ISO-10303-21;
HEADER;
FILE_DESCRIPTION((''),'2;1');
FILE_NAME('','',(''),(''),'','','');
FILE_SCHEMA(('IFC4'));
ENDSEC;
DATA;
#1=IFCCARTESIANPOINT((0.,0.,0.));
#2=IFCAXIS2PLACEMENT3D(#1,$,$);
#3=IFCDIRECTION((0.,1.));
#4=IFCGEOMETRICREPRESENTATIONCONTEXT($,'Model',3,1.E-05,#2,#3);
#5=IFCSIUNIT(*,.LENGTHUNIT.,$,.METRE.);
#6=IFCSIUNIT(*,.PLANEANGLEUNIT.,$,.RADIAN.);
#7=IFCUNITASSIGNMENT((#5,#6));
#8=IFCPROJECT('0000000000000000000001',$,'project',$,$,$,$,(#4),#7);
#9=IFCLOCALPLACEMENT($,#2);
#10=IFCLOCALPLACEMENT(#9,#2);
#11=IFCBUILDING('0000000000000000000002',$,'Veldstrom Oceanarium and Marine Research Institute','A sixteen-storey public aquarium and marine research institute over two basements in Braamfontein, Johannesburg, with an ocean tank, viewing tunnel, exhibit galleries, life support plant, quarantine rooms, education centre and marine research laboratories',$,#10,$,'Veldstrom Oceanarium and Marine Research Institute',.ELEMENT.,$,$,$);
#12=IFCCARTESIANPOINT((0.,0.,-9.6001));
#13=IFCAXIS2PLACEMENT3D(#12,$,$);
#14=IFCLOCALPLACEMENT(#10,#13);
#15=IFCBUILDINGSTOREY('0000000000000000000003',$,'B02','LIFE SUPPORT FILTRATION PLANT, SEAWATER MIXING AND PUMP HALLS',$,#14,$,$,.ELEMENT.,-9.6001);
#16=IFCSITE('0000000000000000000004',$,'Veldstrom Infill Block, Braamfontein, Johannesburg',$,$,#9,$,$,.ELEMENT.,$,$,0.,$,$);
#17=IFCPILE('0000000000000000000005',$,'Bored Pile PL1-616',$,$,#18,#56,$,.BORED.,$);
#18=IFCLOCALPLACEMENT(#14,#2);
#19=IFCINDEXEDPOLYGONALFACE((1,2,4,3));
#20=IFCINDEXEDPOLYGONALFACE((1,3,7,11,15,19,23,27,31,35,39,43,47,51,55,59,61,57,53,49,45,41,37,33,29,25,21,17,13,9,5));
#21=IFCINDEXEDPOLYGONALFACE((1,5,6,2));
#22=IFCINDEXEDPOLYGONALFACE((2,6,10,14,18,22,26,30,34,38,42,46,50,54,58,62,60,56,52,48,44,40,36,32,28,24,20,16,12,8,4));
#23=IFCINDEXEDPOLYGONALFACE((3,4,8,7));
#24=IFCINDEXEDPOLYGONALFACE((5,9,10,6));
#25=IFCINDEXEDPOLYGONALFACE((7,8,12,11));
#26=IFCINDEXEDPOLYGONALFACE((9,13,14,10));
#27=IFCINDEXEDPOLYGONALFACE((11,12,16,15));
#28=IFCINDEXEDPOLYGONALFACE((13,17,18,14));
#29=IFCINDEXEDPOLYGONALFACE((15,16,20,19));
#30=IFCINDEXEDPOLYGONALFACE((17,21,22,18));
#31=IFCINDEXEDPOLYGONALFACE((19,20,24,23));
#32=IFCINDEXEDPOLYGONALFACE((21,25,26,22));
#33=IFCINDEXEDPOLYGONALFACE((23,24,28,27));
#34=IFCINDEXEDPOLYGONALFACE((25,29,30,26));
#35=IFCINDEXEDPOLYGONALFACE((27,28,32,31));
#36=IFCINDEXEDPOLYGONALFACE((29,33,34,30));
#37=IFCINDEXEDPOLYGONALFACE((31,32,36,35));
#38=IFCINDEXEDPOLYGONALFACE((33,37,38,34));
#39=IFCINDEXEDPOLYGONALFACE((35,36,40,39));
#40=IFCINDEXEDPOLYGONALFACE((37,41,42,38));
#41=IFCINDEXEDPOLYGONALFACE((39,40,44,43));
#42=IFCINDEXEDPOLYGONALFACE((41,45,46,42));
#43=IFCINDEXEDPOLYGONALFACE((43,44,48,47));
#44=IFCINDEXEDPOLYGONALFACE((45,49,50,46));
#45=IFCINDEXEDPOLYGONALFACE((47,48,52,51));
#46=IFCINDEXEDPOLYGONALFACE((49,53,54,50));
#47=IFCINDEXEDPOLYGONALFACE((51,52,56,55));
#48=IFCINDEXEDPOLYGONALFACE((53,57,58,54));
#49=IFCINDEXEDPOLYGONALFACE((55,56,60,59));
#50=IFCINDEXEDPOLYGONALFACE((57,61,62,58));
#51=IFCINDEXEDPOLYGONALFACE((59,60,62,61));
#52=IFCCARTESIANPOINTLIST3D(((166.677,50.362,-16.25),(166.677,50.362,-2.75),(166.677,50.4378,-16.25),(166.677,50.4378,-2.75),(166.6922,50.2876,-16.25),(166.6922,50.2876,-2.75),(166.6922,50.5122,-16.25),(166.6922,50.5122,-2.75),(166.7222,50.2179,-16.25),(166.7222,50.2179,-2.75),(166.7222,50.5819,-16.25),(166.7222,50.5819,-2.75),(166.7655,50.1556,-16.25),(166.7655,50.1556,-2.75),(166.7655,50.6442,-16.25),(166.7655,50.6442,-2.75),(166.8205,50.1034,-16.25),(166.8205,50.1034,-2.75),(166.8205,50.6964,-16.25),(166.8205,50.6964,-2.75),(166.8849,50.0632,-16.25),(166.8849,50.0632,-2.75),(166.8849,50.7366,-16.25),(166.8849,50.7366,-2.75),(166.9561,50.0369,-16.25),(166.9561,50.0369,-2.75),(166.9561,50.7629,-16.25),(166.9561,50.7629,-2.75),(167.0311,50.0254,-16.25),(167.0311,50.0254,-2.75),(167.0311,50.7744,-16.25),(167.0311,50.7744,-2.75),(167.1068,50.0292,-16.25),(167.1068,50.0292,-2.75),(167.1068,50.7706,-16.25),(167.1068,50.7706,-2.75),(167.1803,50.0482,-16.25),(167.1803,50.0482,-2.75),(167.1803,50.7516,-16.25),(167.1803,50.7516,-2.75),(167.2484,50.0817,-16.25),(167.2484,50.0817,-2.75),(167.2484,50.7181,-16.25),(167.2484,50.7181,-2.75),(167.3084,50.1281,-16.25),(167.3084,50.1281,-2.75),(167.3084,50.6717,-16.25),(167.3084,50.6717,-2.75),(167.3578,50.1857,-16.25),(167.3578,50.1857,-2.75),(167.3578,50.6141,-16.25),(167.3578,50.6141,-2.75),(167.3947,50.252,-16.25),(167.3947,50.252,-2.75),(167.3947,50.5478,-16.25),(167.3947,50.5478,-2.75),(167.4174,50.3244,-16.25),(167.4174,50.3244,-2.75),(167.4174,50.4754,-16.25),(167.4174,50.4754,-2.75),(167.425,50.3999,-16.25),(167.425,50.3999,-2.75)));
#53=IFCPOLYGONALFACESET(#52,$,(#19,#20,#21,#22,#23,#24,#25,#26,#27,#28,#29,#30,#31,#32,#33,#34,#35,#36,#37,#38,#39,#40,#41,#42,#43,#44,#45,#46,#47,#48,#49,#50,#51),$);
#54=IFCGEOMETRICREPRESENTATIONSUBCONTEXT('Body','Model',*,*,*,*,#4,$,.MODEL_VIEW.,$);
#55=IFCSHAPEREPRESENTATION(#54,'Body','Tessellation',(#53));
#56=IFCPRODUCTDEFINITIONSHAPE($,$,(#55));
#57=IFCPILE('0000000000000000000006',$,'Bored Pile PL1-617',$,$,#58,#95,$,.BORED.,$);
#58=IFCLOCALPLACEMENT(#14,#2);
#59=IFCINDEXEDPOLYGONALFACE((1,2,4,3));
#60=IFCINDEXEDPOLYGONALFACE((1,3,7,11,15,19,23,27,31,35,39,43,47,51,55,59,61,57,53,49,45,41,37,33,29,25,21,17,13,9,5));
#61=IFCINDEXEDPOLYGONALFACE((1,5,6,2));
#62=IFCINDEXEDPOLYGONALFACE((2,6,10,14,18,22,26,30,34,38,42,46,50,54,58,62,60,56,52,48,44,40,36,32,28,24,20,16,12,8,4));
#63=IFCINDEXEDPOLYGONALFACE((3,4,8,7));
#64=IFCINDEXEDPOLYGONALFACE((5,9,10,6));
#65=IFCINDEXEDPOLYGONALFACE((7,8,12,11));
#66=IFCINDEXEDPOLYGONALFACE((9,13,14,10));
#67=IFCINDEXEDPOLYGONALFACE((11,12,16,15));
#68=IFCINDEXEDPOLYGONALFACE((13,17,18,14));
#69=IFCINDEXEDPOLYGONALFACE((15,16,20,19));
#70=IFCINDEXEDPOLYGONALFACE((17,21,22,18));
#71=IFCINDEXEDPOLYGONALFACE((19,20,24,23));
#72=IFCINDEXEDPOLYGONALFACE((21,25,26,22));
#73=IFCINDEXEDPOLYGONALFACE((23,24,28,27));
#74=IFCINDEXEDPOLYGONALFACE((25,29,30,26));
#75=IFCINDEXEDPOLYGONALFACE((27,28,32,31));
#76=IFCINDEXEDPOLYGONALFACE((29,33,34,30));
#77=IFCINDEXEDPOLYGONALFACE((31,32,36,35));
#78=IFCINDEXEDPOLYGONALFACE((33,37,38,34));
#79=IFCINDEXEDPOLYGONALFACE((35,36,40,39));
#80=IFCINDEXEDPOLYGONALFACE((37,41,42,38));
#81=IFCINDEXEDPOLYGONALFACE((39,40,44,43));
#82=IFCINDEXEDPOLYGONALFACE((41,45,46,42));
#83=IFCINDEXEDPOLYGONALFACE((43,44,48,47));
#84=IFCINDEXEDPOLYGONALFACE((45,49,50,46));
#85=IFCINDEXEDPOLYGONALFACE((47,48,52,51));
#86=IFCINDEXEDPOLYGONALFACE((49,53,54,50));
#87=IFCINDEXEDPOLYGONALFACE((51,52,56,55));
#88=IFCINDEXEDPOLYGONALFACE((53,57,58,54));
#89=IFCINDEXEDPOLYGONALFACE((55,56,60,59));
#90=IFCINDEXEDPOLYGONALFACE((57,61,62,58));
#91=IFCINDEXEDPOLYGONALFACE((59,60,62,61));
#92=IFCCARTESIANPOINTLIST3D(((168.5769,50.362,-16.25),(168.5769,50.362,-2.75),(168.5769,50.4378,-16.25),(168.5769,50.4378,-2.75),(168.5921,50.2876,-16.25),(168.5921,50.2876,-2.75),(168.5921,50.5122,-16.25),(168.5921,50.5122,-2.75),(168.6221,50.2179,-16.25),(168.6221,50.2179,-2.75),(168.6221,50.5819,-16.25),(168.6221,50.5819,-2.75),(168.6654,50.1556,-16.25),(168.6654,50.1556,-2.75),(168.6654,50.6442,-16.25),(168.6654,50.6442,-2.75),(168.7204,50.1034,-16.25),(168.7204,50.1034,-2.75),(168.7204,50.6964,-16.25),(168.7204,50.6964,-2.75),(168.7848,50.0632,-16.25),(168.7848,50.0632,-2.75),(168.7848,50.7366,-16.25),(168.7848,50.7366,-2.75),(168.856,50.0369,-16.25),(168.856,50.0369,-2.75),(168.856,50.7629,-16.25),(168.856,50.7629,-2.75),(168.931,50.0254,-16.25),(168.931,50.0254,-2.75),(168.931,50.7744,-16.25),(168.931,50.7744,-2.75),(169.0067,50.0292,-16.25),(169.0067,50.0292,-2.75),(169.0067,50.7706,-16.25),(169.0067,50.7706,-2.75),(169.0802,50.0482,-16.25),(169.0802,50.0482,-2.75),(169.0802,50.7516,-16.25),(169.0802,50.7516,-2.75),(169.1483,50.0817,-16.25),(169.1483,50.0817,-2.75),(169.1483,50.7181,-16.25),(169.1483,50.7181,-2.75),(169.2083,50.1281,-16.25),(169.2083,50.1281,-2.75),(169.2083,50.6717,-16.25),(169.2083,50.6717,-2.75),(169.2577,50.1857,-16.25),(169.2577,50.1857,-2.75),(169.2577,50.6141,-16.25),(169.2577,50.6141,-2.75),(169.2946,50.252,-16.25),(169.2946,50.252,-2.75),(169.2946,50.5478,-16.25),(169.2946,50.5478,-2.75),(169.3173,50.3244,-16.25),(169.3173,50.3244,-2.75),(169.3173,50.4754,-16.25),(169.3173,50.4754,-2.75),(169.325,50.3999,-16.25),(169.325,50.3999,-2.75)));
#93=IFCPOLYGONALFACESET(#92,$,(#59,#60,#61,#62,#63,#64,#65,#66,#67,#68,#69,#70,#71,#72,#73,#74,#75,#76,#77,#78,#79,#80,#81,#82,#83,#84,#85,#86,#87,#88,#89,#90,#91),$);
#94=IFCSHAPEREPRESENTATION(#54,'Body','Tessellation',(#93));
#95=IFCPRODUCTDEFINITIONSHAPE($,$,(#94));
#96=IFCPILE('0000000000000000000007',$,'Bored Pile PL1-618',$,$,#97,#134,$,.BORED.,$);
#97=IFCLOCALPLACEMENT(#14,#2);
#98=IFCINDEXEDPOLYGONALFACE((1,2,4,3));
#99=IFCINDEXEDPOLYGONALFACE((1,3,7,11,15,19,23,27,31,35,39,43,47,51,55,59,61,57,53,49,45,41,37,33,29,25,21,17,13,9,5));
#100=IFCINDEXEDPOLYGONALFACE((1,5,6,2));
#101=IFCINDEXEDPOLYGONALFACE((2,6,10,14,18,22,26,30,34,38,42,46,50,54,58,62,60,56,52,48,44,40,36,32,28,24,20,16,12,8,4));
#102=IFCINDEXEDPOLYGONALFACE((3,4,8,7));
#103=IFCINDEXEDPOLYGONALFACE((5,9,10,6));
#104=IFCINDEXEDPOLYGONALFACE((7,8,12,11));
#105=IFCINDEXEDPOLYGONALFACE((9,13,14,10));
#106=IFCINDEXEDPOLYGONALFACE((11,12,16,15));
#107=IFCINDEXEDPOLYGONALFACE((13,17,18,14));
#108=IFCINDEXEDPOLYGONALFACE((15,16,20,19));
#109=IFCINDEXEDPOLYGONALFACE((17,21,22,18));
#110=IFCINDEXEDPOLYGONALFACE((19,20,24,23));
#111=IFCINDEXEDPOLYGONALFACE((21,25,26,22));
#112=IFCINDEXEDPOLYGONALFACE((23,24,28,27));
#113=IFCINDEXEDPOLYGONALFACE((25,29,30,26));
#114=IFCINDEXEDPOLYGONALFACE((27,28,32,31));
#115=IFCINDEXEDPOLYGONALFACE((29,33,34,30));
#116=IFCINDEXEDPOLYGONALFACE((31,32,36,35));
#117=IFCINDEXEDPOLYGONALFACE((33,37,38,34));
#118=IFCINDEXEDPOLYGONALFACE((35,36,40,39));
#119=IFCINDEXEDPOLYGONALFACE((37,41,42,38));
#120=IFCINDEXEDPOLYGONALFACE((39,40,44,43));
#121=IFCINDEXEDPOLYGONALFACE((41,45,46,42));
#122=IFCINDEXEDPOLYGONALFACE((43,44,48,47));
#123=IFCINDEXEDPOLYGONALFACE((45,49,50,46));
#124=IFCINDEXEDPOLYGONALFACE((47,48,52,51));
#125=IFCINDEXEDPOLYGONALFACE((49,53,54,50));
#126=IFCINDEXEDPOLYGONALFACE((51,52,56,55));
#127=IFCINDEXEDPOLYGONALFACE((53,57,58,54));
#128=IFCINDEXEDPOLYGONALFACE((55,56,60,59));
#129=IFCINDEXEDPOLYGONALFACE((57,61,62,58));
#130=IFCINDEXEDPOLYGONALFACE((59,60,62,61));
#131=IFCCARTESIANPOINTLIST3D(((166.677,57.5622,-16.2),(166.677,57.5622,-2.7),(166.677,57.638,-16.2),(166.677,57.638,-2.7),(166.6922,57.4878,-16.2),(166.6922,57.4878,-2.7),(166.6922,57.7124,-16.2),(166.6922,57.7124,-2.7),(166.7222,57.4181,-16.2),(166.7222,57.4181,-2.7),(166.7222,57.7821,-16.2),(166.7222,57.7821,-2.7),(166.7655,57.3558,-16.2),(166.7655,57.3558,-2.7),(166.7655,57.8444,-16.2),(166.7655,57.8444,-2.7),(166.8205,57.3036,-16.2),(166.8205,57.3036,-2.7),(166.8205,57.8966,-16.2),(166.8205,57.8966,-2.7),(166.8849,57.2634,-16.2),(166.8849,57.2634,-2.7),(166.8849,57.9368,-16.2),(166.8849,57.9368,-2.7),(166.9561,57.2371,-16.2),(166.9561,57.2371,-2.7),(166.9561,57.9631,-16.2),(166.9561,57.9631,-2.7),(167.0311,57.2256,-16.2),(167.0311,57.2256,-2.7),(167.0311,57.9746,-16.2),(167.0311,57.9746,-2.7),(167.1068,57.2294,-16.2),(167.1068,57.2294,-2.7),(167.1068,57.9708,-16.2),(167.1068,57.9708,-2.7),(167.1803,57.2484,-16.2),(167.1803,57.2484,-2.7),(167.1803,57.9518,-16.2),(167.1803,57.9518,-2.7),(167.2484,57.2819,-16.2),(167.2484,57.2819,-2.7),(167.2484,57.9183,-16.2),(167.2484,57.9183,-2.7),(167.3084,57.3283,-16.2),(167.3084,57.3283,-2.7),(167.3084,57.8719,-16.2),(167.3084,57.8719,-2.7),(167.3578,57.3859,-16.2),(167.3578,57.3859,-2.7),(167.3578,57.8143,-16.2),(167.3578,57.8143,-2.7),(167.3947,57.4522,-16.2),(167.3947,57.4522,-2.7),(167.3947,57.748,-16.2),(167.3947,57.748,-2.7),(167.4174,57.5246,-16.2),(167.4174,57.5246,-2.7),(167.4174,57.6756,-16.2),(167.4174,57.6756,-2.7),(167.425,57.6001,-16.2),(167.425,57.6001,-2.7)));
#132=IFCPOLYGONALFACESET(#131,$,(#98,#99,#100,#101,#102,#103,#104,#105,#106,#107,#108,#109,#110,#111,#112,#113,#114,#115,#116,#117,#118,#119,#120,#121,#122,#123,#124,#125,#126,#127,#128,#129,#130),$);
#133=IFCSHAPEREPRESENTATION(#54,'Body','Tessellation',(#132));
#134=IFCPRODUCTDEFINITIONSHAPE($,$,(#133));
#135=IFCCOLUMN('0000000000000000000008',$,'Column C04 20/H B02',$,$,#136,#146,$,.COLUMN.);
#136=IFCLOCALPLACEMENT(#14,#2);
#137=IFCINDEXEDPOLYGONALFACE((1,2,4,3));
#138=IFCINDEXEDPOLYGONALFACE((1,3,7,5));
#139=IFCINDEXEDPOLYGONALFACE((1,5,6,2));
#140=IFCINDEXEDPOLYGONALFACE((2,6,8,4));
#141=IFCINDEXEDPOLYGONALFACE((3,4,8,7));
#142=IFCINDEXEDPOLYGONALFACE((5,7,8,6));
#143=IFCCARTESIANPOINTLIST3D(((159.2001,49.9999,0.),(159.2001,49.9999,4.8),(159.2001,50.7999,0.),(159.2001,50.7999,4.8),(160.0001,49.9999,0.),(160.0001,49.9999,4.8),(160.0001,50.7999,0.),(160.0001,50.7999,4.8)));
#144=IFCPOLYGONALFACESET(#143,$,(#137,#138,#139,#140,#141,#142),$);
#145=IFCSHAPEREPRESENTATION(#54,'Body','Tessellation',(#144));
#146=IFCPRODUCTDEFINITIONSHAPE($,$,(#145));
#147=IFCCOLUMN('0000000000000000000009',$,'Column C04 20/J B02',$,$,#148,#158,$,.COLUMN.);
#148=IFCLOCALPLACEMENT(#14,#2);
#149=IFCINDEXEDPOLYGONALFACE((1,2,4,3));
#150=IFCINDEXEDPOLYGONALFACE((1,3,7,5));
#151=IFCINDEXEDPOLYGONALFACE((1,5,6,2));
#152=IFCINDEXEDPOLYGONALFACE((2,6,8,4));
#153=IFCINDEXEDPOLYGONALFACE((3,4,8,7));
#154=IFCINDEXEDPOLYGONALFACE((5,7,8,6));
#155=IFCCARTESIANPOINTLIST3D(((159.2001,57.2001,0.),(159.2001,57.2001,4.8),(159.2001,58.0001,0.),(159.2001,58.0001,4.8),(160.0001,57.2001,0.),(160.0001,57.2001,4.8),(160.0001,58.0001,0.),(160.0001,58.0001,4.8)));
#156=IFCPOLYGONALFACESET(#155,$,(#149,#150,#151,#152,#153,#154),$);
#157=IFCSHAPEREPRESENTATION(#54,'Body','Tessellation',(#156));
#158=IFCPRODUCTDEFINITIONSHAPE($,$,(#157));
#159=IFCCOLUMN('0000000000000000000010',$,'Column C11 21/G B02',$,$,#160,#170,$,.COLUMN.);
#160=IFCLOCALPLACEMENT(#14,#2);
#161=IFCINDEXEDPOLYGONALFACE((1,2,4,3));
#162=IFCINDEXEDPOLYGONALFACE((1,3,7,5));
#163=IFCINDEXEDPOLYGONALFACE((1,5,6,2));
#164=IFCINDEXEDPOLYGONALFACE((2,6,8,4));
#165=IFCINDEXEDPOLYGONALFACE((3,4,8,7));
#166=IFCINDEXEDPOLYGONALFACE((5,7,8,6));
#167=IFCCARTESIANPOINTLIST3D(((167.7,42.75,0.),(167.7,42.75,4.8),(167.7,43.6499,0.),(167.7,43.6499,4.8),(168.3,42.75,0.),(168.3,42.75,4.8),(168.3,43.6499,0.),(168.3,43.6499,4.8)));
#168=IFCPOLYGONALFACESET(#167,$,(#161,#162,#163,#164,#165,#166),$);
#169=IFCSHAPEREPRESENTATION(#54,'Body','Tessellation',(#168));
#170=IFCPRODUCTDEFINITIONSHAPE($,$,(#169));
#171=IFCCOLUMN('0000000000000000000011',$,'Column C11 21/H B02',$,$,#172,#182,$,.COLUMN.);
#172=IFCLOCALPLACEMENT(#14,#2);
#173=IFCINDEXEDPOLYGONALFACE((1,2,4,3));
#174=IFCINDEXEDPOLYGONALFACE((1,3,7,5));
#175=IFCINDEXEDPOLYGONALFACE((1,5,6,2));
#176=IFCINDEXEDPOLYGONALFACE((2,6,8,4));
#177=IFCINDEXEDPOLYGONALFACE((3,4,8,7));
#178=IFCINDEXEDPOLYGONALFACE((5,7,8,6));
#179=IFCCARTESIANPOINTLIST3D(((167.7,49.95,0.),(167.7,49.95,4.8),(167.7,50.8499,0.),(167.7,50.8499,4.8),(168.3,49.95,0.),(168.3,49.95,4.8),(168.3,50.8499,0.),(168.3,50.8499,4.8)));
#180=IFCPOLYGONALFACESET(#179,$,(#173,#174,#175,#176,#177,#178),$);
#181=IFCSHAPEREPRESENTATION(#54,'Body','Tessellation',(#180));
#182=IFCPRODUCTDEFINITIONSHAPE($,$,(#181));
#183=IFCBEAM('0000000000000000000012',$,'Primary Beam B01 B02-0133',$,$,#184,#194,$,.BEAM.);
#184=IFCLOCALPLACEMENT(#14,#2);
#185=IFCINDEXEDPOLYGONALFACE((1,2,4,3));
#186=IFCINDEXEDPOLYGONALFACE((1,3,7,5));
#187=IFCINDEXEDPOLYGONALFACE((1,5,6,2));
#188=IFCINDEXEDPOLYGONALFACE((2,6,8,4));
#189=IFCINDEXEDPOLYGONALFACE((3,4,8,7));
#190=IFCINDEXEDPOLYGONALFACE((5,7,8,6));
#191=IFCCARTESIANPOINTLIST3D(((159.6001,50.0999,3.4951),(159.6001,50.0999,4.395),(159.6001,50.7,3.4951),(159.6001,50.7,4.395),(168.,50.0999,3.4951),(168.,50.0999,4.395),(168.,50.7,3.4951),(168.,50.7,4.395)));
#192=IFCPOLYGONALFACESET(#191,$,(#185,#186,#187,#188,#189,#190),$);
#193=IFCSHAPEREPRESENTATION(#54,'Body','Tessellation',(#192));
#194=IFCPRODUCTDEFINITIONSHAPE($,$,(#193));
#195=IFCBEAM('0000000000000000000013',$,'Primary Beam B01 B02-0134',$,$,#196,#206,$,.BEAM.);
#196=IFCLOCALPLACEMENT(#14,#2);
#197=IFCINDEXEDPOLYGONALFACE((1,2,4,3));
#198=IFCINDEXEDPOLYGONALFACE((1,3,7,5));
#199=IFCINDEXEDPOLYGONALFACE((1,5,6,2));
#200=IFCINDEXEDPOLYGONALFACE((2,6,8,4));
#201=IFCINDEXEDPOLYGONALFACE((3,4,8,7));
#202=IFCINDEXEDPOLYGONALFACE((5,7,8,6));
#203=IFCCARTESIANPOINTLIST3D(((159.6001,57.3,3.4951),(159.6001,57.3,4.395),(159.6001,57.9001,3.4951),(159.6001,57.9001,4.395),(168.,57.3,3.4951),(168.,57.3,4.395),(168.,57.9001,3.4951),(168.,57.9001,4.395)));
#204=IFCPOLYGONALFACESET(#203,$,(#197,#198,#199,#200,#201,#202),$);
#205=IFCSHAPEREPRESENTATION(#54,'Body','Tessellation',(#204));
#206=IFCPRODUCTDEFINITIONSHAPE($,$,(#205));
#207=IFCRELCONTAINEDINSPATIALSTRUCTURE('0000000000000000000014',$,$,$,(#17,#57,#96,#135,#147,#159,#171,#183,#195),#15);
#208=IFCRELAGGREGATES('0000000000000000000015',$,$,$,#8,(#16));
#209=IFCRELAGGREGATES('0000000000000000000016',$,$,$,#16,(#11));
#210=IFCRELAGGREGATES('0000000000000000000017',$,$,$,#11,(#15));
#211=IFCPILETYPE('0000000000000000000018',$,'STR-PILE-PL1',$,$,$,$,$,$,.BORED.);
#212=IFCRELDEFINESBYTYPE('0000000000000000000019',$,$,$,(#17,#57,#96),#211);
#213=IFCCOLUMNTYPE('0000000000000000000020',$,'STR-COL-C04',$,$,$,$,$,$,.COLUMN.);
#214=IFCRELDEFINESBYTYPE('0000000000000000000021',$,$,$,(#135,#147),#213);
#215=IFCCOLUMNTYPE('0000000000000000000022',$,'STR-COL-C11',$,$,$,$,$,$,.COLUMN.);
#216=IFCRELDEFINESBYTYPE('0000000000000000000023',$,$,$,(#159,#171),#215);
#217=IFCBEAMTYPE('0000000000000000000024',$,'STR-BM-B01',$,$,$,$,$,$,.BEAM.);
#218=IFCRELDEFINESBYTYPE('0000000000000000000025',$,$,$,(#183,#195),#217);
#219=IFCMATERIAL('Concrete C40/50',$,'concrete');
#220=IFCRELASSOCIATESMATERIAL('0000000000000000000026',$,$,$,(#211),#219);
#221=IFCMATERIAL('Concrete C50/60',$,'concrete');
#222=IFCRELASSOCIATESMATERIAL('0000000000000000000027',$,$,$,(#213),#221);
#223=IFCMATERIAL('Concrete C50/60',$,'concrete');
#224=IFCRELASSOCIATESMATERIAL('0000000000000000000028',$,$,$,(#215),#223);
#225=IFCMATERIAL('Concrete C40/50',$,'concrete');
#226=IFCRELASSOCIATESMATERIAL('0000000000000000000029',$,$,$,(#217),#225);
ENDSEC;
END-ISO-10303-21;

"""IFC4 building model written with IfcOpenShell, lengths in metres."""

from ifc_helpers import new_model, si_unit, direction, frame, origin, origin_2d, place, context, subcontext, project, spatial, rectangle, circle, extrude, material, material_profile, profile_set, type_object, element, save


model = new_model("IFC4")

# Units and contexts
model_context = context("Model", 3, precision=1e-05, world=origin(), true_north=direction((0.0, 1.0)))
body_context = subcontext(model_context, "Body", "Model", "MODEL_VIEW")
ifc_project = project(units=[si_unit("LENGTHUNIT", "METRE"), si_unit("PLANEANGLEUNIT", "RADIAN")], contexts=[model_context])

# Site, building, storey
site_placement = place(None, origin())
site = spatial("IfcSite", under=ifc_project, at=site_placement, Name="Veldstrom Infill Block, Braamfontein, Johannesburg", CompositionType="ELEMENT", RefElevation=0.0)
building_placement = place(site_placement, origin())
building = spatial("IfcBuilding", under=site, at=building_placement, Name="Veldstrom Oceanarium and Marine Research Institute", Description="A sixteen-storey public aquarium and marine research institute over two basements in Braamfontein, Johannesburg, with an ocean tank, viewing tunnel, exhibit galleries, life support plant, quarantine rooms, education centre and marine research laboratories", LongName="Veldstrom Oceanarium and Marine Research Institute", CompositionType="ELEMENT")
storey_placement = place(building_placement, frame((0.0, 0.0, -9.6001)))
storey = spatial("IfcBuildingStorey", under=building, at=storey_placement, Name="B02", Description="LIFE SUPPORT FILTRATION PLANT, SEAWATER MIXING AND PUMP HALLS", CompositionType="ELEMENT", Elevation=-9.6001)

# Piles
ifc_material_1 = material(Name="Concrete C40/50", Category="concrete")
ifc_material_profile_1 = material_profile(ifc_material_1, circle(Radius=0.375, at=origin_2d()), Name="PILE-D750")
ifc_profile_set_1 = profile_set([ifc_material_profile_1], Name="Concrete C40/50")
pile_type = type_object("IfcPileType", Name="STR-PILE-PL1", PredefinedType="BORED", material=ifc_profile_set_1)
for number, where, z_axis, x_axis, name in (
    (1, (167.05, 50.3999, -2.75), (0.0, 0.0, -1.0), (1.0, 0.0, 0.0), "Bored Pile PL1-616"),
    (2, (168.95, 50.3999, -2.75), (0.0, 0.0, -1.0), (1.0, 0.0, 0.0), "Bored Pile PL1-617"),
    (3, (167.05, 57.6001, -2.7), (0.0, 0.0, -1.0), (1.0, 0.0, 0.0), "Bored Pile PL1-618"),
):
    element("IfcPile", number, at=place(storey_placement, frame(where, z_axis=z_axis, x_axis=x_axis)), inside=storey, type_object=pile_type, Name=name, PredefinedType="BORED", context=body_context, shape_type="SweptSolid", body=[
        extrude(circle(Radius=0.375, at=origin_2d()), origin(), (0.0, 0.0, 1.0), 13.5),
    ])

# Columns
ifc_material_2 = material(Name="Concrete C50/60", Category="concrete")
ifc_material_profile_2 = material_profile(ifc_material_2, rectangle(XDim=0.8, YDim=0.8, at=origin_2d()), Name="RC-COL-800x800")
ifc_profile_set_2 = profile_set([ifc_material_profile_2], Name="Concrete C50/60")
column_type_1 = type_object("IfcColumnType", Name="STR-COL-C04", PredefinedType="COLUMN", material=ifc_profile_set_2)
for number, where, z_axis, x_axis, name in (
    (4, (159.6001, 50.3999, 0.0), (0.0, 0.0, 1.0), (1.0, 0.0, 0.0), "Column C04 20/H B02"),
    (5, (159.6001, 57.6001, 0.0), (0.0, 0.0, 1.0), (1.0, 0.0, 0.0), "Column C04 20/J B02"),
):
    element("IfcColumn", number, at=place(storey_placement, frame(where, z_axis=z_axis, x_axis=x_axis)), inside=storey, type_object=column_type_1, Name=name, PredefinedType="COLUMN", context=body_context, shape_type="SweptSolid", body=[
        extrude(rectangle(XDim=0.8, YDim=0.8, at=origin_2d()), origin(), (0.0, 0.0, 1.0), 4.8),
    ])
ifc_material_3 = material(Name="Concrete C50/60", Category="concrete")
ifc_material_profile_3 = material_profile(ifc_material_3, rectangle(XDim=0.6001, YDim=0.8999, at=origin_2d()), Name="RC-COL-900x600")
ifc_profile_set_3 = profile_set([ifc_material_profile_3], Name="Concrete C50/60")
column_type_2 = type_object("IfcColumnType", Name="STR-COL-C11", PredefinedType="COLUMN", material=ifc_profile_set_3)
for number, where, z_axis, x_axis, name in (
    (6, (168.0, 43.2, 0.0), (0.0, 0.0, 1.0), (1.0, 0.0, 0.0), "Column C11 21/G B02"),
    (7, (168.0, 50.3999, 0.0), (0.0, 0.0, 1.0), (1.0, 0.0, 0.0), "Column C11 21/H B02"),
):
    element("IfcColumn", number, at=place(storey_placement, frame(where, z_axis=z_axis, x_axis=x_axis)), inside=storey, type_object=column_type_2, Name=name, PredefinedType="COLUMN", context=body_context, shape_type="SweptSolid", body=[
        extrude(rectangle(XDim=0.6001, YDim=0.8999, at=origin_2d()), origin(), (0.0, 0.0, 1.0), 4.8),
    ])

# Beams
ifc_material_4 = material(Name="Concrete C40/50", Category="concrete")
ifc_material_profile_4 = material_profile(ifc_material_4, rectangle(XDim=0.6001, YDim=0.8999, at=origin_2d()), Name="RC-BM-600x900")
ifc_profile_set_4 = profile_set([ifc_material_profile_4], Name="Concrete C40/50")
beam_type_1 = type_object("IfcBeamType", Name="STR-BM-B01", PredefinedType="BEAM", material=ifc_profile_set_4)
for number, where, z_axis, x_axis, name in (
    (8, (159.6001, 50.3999, 3.9451), (1.0, 0.0, 0.0), (0.0, 1.0, 0.0), "Primary Beam B01 B02-0133"),
    (9, (159.6001, 57.6001, 3.9451), (1.0, 0.0, 0.0), (0.0, 1.0, 0.0), "Primary Beam B01 B02-0134"),
):
    element("IfcBeam", number, at=place(storey_placement, frame(where, z_axis=z_axis, x_axis=x_axis)), inside=storey, type_object=beam_type_1, Name=name, PredefinedType="BEAM", context=body_context, shape_type="SweptSolid", body=[
        extrude(rectangle(XDim=0.6001, YDim=0.8999, at=origin_2d()), origin(), (0.0, 0.0, 1.0), 8.3999),
    ])

save(model, "model.ifc")
